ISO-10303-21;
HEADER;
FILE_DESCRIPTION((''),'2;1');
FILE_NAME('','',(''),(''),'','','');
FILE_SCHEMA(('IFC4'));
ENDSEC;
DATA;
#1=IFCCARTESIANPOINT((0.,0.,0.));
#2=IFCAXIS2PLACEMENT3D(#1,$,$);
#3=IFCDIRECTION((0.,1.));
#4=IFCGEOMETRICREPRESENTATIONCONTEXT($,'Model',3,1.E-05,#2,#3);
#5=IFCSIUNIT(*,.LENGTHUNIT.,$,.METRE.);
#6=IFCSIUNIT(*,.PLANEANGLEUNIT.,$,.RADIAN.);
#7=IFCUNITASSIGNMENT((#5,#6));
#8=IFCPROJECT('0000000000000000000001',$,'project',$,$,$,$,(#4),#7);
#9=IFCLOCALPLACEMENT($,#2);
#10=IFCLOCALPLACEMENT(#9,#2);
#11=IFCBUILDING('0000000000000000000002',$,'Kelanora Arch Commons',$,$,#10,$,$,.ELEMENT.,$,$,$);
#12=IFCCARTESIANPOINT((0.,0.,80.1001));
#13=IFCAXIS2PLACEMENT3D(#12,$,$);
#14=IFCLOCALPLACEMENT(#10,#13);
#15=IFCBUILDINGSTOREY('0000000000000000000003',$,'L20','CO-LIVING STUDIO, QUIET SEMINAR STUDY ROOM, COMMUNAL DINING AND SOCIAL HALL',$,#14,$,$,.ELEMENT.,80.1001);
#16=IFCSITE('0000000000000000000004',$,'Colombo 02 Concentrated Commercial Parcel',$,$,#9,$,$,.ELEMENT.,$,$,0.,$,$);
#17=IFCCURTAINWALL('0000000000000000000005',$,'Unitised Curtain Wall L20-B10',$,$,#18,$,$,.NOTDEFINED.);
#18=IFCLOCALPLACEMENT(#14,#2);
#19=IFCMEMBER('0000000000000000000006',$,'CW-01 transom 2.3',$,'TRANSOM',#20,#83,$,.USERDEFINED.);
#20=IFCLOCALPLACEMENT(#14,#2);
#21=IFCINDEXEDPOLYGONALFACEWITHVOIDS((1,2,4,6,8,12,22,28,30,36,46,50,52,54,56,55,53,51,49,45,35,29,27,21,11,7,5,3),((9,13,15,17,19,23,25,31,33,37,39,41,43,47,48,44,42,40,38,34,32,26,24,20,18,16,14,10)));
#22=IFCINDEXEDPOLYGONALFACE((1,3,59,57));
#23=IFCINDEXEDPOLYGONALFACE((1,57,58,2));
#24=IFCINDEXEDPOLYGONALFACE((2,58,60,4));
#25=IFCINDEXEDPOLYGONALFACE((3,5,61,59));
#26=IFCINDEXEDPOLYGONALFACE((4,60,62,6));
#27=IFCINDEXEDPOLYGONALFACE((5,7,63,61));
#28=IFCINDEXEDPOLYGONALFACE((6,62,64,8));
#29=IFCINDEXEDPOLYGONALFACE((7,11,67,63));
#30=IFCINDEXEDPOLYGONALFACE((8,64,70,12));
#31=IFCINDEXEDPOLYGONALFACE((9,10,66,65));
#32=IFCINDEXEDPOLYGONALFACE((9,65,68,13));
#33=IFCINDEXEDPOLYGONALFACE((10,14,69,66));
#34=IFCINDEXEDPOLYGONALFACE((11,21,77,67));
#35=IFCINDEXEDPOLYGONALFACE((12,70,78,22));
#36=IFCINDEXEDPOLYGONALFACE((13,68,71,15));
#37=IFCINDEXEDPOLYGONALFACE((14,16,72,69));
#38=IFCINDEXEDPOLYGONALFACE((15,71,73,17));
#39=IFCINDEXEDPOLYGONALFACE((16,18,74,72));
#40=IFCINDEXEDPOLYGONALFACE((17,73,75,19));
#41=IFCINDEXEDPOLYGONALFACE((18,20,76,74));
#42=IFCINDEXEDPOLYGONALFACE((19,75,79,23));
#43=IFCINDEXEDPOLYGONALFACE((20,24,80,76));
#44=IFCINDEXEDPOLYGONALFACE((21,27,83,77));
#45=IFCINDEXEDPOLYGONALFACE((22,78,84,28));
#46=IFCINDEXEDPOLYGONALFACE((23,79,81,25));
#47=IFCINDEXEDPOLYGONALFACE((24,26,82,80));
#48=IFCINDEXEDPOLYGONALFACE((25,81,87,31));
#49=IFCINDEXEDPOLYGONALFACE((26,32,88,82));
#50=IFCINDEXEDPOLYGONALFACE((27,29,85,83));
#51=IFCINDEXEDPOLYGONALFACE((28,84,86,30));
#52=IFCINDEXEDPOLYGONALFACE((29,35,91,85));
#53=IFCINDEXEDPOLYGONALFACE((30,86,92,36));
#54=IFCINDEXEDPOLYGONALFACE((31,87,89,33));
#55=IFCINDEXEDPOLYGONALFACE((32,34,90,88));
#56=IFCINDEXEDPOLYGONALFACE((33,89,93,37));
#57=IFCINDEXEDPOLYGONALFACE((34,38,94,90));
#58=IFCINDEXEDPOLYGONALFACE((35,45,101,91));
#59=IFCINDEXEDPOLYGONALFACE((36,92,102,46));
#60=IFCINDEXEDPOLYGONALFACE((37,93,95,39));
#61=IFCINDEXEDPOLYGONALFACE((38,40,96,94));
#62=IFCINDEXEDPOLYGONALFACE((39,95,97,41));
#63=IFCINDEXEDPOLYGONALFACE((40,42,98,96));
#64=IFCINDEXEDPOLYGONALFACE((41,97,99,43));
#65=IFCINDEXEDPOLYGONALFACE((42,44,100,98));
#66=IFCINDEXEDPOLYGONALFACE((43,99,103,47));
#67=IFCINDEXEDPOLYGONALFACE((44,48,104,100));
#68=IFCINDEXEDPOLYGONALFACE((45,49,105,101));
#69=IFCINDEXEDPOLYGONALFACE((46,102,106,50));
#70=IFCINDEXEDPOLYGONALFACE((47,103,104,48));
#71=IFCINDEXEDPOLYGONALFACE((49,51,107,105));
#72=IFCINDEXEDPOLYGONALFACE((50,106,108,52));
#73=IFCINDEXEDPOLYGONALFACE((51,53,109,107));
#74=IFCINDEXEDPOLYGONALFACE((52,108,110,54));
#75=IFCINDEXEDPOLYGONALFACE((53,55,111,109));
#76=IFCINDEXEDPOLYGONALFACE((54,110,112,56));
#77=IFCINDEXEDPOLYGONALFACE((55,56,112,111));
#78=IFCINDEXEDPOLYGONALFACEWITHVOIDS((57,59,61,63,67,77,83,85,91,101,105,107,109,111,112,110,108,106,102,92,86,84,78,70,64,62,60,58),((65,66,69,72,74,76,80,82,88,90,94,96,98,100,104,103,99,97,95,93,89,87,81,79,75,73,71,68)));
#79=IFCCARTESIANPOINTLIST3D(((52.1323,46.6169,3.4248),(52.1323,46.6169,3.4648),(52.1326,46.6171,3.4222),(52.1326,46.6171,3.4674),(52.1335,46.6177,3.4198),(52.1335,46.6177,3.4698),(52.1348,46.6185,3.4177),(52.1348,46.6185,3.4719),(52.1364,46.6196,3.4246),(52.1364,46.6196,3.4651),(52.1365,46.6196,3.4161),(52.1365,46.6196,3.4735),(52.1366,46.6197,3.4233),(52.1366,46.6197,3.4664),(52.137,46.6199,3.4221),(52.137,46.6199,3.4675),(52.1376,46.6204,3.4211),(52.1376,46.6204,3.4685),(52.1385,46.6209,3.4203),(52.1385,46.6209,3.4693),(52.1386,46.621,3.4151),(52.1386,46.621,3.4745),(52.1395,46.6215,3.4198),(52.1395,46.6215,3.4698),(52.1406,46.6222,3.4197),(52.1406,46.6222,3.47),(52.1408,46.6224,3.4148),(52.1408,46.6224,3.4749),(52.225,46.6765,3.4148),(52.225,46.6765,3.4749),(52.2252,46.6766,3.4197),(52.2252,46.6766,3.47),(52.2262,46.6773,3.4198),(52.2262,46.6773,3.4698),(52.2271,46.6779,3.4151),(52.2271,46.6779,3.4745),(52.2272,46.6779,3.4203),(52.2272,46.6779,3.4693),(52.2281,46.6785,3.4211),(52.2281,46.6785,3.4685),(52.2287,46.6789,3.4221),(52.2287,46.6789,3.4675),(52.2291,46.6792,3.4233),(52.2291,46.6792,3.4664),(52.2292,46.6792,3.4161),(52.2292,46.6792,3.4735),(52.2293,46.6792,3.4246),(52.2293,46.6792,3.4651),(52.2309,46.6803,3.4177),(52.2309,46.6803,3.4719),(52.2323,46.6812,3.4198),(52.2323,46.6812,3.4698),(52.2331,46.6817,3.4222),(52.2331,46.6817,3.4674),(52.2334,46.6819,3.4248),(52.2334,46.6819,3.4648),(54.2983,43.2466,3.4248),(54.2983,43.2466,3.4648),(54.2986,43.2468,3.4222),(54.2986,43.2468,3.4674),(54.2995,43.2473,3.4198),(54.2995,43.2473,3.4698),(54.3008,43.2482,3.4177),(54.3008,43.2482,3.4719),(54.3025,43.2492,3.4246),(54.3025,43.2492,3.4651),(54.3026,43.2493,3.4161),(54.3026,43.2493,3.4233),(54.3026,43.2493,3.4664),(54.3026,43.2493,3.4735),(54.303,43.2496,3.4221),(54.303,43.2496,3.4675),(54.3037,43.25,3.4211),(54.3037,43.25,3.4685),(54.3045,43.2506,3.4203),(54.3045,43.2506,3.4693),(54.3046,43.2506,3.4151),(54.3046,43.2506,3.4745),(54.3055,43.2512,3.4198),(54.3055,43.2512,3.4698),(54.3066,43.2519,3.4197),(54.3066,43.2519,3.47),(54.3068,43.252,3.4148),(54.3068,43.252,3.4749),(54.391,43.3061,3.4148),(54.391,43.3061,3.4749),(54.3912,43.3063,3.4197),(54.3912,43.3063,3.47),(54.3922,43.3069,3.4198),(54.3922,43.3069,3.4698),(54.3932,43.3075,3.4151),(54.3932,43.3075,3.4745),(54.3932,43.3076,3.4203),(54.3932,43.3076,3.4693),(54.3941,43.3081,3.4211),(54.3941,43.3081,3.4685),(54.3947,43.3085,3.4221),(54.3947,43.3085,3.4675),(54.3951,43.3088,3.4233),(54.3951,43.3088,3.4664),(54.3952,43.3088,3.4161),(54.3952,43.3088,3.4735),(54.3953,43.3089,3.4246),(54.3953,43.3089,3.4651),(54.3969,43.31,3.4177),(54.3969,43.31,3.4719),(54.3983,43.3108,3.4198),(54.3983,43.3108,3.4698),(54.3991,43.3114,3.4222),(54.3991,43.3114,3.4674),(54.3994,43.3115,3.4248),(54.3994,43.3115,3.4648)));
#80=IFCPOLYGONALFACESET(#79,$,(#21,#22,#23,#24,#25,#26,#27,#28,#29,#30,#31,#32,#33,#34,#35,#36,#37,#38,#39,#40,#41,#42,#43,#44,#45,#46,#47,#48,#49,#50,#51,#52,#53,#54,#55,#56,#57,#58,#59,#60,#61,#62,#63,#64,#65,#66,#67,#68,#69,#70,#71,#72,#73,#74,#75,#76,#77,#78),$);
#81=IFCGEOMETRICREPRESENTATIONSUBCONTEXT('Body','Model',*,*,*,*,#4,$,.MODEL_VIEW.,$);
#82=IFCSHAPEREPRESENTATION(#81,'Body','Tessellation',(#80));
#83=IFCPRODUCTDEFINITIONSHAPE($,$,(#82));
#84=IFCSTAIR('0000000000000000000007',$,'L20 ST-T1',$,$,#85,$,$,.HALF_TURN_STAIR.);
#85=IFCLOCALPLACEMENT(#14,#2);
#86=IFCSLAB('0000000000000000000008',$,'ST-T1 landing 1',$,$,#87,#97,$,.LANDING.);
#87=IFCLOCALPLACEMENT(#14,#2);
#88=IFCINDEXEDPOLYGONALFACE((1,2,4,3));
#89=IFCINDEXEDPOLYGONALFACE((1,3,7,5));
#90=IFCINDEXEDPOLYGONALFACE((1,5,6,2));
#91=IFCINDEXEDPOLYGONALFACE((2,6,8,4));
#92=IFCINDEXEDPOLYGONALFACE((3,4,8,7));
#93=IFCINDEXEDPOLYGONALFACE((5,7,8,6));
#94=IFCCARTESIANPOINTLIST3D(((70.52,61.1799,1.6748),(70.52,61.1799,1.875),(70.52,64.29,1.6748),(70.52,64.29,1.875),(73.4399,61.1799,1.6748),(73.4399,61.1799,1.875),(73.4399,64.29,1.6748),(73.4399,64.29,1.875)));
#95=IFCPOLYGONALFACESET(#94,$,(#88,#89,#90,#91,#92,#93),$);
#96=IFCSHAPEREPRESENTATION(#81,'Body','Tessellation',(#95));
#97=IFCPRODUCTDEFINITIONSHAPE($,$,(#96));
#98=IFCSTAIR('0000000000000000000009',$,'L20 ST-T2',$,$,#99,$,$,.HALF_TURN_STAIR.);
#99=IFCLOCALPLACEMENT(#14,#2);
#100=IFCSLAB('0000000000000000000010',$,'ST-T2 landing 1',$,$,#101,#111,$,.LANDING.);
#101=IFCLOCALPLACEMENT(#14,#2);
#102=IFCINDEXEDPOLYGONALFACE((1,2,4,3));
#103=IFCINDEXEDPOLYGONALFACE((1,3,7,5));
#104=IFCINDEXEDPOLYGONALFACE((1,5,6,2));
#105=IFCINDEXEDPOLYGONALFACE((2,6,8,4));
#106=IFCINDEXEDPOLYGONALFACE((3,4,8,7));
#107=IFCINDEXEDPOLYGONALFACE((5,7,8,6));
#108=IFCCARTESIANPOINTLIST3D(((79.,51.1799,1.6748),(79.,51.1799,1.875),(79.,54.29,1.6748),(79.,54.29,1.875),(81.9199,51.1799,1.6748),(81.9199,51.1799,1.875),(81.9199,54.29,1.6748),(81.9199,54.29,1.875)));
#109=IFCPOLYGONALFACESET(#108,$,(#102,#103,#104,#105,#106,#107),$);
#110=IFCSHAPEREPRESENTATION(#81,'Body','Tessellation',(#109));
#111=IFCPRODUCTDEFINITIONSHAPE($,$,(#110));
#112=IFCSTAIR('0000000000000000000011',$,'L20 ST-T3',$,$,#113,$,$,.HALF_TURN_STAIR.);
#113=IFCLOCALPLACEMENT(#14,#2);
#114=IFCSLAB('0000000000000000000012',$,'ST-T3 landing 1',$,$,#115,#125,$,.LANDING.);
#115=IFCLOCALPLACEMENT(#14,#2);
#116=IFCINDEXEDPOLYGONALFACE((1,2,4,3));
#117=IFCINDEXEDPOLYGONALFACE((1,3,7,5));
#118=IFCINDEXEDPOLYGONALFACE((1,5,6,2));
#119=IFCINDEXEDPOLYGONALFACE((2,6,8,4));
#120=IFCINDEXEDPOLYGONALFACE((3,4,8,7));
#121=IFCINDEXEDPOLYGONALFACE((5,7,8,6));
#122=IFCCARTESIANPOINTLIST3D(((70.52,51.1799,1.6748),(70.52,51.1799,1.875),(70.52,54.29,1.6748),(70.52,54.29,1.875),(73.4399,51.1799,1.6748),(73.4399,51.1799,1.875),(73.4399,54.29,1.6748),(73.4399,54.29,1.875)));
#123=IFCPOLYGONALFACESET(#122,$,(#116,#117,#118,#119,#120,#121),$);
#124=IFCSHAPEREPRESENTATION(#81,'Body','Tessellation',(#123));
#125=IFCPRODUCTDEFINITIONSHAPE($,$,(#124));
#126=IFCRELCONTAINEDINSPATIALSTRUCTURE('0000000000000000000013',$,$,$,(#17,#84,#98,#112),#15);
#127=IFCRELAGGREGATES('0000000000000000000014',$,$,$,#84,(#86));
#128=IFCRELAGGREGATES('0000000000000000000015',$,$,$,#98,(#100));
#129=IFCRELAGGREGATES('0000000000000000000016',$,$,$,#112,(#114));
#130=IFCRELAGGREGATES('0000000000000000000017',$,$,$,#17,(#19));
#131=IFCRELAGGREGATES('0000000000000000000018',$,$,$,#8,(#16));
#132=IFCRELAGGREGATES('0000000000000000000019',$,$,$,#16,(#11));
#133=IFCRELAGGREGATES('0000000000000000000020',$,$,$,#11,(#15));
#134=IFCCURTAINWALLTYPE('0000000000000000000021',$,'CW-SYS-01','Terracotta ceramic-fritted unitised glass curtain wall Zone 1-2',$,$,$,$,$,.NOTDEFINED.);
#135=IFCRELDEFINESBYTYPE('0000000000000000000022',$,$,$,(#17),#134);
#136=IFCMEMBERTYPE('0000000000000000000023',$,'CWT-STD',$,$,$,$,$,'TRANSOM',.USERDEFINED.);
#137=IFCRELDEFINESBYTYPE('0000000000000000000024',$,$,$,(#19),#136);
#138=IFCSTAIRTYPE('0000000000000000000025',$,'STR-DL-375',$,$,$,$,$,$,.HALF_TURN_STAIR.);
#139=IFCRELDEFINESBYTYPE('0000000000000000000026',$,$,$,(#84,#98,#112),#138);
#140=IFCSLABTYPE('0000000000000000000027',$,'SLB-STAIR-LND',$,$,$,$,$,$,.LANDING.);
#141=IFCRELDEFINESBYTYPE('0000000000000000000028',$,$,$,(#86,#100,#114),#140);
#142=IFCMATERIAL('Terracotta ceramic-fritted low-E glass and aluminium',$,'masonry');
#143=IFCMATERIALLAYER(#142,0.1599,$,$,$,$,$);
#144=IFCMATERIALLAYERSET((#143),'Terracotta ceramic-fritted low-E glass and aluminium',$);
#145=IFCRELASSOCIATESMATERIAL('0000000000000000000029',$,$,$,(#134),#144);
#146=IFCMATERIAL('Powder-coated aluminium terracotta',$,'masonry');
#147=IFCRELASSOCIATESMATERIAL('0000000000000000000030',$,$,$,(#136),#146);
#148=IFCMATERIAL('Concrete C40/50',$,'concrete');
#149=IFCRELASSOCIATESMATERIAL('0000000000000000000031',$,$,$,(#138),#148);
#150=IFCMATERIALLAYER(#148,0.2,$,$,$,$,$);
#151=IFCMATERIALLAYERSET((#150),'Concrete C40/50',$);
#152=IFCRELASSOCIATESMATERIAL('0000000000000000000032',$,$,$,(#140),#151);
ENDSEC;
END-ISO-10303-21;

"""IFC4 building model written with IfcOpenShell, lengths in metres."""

from ifc_helpers import new_model, si_unit, direction, frame, origin, origin_2d, place, context, subcontext, project, spatial, polyline, hollow_rectangle, outline, extrude, material, layer, layer_set, material_profile, profile_set, type_object, element, aggregate, save


model = new_model("IFC4")

# Units and contexts
model_context = context("Model", 3, precision=1e-05, world=origin(), true_north=direction((0.0, 1.0)))
body_context = subcontext(model_context, "Body", "Model", "MODEL_VIEW")
ifc_project = project(units=[si_unit("LENGTHUNIT", "METRE"), si_unit("PLANEANGLEUNIT", "RADIAN")], contexts=[model_context])

# Site, building, storey
site_placement = place(None, origin())
site = spatial("IfcSite", under=ifc_project, at=site_placement, Name="Colombo 02 Concentrated Commercial Parcel", CompositionType="ELEMENT", RefElevation=0.0)
building_placement = place(site_placement, origin())
building = spatial("IfcBuilding", under=site, at=building_placement, Name="Kelanora Arch Commons", CompositionType="ELEMENT")
storey_placement = place(building_placement, frame((0.0, 0.0, 80.1001)))
storey = spatial("IfcBuildingStorey", under=building, at=storey_placement, Name="L20", Description="CO-LIVING STUDIO, QUIET SEMINAR STUDY ROOM, COMMUNAL DINING AND SOCIAL HALL", CompositionType="ELEMENT", Elevation=80.1001)

# Curtain wall, member
ifc_material_1 = material(Name="Terracotta ceramic-fritted low-E glass and aluminium", Category="masonry")
ifc_layer_1 = layer(ifc_material_1, 0.1599)
ifc_layer_set_1 = layer_set([ifc_layer_1], Name="Terracotta ceramic-fritted low-E glass and aluminium")
curtain_wall_type = type_object("IfcCurtainWallType", Name="CW-SYS-01", Description="Terracotta ceramic-fritted unitised glass curtain wall Zone 1-2", PredefinedType="NOTDEFINED", material=ifc_layer_set_1)
curtain_wall_placement = place(storey_placement, origin())
curtain_wall = element("IfcCurtainWall", 1, at=curtain_wall_placement, inside=storey, type_object=curtain_wall_type, Name="Unitised Curtain Wall L20-B10", PredefinedType="NOTDEFINED")
ifc_material_2 = material(Name="Powder-coated aluminium terracotta", Category="masonry")
ifc_material_profile_1 = material_profile(ifc_material_2, hollow_rectangle(XDim=0.1201, YDim=0.0601, WallThickness=0.0049, InnerFilletRadius=0.0049, OuterFilletRadius=0.01, at=origin_2d()), Name="CWT120x60")
ifc_profile_set_1 = profile_set([ifc_material_profile_1], Name="Powder-coated aluminium terracotta")
member_type_1 = type_object("IfcMemberType", Name="CWT-STD", ElementType="TRANSOM", PredefinedType="USERDEFINED", material=ifc_profile_set_1)
member_1_placement = place(storey_placement, frame((52.1829, 46.6494, 3.4448), z_axis=(0.540644, -0.841252, 0.0), x_axis=(0.841252, 0.540644, 0.0)))
member_1 = element("IfcMember", 2, at=member_1_placement, type_object=member_type_1, Name="CW-01 transom 2.3", ObjectType="TRANSOM", PredefinedType="USERDEFINED", context=body_context, shape_type="SweptSolid", body=[
    extrude(hollow_rectangle(XDim=0.1201, YDim=0.0601, WallThickness=0.0049, InnerFilletRadius=0.0049, OuterFilletRadius=0.01, at=origin_2d()), origin(), (0.0, 0.0, 1.0), 4.0063),
])

# Stairs, slabs
ifc_material_3 = material(Name="Concrete C40/50", Category="concrete")
stair_type = type_object("IfcStairType", Name="STR-DL-375", PredefinedType="HALF_TURN_STAIR", material=ifc_material_3)
stair_1_placement = place(storey_placement, origin())
stair_1 = element("IfcStair", 3, at=stair_1_placement, inside=storey, type_object=stair_type, Name="L20 ST-T1", PredefinedType="HALF_TURN_STAIR")
ifc_layer_2 = layer(ifc_material_3, 0.2)
ifc_layer_set_2 = layer_set([ifc_layer_2], Name="Concrete C40/50")
slab_type_1 = type_object("IfcSlabType", Name="SLB-STAIR-LND", PredefinedType="LANDING", material=ifc_layer_set_2)
slab_1_placement = place(storey_placement, frame((0.0, 0.0, 1.6748)))
slab_1 = element("IfcSlab", 4, at=slab_1_placement, type_object=slab_type_1, Name="ST-T1 landing 1", PredefinedType="LANDING", context=body_context, shape_type="SweptSolid", body=[
    extrude(outline(polyline([(70.52, 61.1799), (73.4399, 61.1799), (73.4399, 64.29), (70.52, 64.29), (70.52, 61.1799)])), origin(), (0.0, 0.0, 1.0), 0.2002),
])
aggregate(stair_1, [slab_1])
stair_2_placement = place(storey_placement, origin())
stair_2 = element("IfcStair", 5, at=stair_2_placement, inside=storey, type_object=stair_type, Name="L20 ST-T2", PredefinedType="HALF_TURN_STAIR")
slab_2_placement = place(storey_placement, frame((0.0, 0.0, 1.6748)))
slab_2 = element("IfcSlab", 6, at=slab_2_placement, type_object=slab_type_1, Name="ST-T2 landing 1", PredefinedType="LANDING", context=body_context, shape_type="SweptSolid", body=[
    extrude(outline(polyline([(79.0, 51.1799), (81.9199, 51.1799), (81.9199, 54.29), (79.0, 54.29), (79.0, 51.1799)])), origin(), (0.0, 0.0, 1.0), 0.2002),
])
aggregate(stair_2, [slab_2])
stair_3_placement = place(storey_placement, origin())
stair_3 = element("IfcStair", 7, at=stair_3_placement, inside=storey, type_object=stair_type, Name="L20 ST-T3", PredefinedType="HALF_TURN_STAIR")
slab_3_placement = place(storey_placement, frame((0.0, 0.0, 1.6748)))
slab_3 = element("IfcSlab", 8, at=slab_3_placement, type_object=slab_type_1, Name="ST-T3 landing 1", PredefinedType="LANDING", context=body_context, shape_type="SweptSolid", body=[
    extrude(outline(polyline([(70.52, 51.1799), (73.4399, 51.1799), (73.4399, 54.29), (70.52, 54.29), (70.52, 51.1799)])), origin(), (0.0, 0.0, 1.0), 0.2002),
])
aggregate(stair_3, [slab_3])

aggregate(curtain_wall, [member_1])

save(model, "model.ifc")
